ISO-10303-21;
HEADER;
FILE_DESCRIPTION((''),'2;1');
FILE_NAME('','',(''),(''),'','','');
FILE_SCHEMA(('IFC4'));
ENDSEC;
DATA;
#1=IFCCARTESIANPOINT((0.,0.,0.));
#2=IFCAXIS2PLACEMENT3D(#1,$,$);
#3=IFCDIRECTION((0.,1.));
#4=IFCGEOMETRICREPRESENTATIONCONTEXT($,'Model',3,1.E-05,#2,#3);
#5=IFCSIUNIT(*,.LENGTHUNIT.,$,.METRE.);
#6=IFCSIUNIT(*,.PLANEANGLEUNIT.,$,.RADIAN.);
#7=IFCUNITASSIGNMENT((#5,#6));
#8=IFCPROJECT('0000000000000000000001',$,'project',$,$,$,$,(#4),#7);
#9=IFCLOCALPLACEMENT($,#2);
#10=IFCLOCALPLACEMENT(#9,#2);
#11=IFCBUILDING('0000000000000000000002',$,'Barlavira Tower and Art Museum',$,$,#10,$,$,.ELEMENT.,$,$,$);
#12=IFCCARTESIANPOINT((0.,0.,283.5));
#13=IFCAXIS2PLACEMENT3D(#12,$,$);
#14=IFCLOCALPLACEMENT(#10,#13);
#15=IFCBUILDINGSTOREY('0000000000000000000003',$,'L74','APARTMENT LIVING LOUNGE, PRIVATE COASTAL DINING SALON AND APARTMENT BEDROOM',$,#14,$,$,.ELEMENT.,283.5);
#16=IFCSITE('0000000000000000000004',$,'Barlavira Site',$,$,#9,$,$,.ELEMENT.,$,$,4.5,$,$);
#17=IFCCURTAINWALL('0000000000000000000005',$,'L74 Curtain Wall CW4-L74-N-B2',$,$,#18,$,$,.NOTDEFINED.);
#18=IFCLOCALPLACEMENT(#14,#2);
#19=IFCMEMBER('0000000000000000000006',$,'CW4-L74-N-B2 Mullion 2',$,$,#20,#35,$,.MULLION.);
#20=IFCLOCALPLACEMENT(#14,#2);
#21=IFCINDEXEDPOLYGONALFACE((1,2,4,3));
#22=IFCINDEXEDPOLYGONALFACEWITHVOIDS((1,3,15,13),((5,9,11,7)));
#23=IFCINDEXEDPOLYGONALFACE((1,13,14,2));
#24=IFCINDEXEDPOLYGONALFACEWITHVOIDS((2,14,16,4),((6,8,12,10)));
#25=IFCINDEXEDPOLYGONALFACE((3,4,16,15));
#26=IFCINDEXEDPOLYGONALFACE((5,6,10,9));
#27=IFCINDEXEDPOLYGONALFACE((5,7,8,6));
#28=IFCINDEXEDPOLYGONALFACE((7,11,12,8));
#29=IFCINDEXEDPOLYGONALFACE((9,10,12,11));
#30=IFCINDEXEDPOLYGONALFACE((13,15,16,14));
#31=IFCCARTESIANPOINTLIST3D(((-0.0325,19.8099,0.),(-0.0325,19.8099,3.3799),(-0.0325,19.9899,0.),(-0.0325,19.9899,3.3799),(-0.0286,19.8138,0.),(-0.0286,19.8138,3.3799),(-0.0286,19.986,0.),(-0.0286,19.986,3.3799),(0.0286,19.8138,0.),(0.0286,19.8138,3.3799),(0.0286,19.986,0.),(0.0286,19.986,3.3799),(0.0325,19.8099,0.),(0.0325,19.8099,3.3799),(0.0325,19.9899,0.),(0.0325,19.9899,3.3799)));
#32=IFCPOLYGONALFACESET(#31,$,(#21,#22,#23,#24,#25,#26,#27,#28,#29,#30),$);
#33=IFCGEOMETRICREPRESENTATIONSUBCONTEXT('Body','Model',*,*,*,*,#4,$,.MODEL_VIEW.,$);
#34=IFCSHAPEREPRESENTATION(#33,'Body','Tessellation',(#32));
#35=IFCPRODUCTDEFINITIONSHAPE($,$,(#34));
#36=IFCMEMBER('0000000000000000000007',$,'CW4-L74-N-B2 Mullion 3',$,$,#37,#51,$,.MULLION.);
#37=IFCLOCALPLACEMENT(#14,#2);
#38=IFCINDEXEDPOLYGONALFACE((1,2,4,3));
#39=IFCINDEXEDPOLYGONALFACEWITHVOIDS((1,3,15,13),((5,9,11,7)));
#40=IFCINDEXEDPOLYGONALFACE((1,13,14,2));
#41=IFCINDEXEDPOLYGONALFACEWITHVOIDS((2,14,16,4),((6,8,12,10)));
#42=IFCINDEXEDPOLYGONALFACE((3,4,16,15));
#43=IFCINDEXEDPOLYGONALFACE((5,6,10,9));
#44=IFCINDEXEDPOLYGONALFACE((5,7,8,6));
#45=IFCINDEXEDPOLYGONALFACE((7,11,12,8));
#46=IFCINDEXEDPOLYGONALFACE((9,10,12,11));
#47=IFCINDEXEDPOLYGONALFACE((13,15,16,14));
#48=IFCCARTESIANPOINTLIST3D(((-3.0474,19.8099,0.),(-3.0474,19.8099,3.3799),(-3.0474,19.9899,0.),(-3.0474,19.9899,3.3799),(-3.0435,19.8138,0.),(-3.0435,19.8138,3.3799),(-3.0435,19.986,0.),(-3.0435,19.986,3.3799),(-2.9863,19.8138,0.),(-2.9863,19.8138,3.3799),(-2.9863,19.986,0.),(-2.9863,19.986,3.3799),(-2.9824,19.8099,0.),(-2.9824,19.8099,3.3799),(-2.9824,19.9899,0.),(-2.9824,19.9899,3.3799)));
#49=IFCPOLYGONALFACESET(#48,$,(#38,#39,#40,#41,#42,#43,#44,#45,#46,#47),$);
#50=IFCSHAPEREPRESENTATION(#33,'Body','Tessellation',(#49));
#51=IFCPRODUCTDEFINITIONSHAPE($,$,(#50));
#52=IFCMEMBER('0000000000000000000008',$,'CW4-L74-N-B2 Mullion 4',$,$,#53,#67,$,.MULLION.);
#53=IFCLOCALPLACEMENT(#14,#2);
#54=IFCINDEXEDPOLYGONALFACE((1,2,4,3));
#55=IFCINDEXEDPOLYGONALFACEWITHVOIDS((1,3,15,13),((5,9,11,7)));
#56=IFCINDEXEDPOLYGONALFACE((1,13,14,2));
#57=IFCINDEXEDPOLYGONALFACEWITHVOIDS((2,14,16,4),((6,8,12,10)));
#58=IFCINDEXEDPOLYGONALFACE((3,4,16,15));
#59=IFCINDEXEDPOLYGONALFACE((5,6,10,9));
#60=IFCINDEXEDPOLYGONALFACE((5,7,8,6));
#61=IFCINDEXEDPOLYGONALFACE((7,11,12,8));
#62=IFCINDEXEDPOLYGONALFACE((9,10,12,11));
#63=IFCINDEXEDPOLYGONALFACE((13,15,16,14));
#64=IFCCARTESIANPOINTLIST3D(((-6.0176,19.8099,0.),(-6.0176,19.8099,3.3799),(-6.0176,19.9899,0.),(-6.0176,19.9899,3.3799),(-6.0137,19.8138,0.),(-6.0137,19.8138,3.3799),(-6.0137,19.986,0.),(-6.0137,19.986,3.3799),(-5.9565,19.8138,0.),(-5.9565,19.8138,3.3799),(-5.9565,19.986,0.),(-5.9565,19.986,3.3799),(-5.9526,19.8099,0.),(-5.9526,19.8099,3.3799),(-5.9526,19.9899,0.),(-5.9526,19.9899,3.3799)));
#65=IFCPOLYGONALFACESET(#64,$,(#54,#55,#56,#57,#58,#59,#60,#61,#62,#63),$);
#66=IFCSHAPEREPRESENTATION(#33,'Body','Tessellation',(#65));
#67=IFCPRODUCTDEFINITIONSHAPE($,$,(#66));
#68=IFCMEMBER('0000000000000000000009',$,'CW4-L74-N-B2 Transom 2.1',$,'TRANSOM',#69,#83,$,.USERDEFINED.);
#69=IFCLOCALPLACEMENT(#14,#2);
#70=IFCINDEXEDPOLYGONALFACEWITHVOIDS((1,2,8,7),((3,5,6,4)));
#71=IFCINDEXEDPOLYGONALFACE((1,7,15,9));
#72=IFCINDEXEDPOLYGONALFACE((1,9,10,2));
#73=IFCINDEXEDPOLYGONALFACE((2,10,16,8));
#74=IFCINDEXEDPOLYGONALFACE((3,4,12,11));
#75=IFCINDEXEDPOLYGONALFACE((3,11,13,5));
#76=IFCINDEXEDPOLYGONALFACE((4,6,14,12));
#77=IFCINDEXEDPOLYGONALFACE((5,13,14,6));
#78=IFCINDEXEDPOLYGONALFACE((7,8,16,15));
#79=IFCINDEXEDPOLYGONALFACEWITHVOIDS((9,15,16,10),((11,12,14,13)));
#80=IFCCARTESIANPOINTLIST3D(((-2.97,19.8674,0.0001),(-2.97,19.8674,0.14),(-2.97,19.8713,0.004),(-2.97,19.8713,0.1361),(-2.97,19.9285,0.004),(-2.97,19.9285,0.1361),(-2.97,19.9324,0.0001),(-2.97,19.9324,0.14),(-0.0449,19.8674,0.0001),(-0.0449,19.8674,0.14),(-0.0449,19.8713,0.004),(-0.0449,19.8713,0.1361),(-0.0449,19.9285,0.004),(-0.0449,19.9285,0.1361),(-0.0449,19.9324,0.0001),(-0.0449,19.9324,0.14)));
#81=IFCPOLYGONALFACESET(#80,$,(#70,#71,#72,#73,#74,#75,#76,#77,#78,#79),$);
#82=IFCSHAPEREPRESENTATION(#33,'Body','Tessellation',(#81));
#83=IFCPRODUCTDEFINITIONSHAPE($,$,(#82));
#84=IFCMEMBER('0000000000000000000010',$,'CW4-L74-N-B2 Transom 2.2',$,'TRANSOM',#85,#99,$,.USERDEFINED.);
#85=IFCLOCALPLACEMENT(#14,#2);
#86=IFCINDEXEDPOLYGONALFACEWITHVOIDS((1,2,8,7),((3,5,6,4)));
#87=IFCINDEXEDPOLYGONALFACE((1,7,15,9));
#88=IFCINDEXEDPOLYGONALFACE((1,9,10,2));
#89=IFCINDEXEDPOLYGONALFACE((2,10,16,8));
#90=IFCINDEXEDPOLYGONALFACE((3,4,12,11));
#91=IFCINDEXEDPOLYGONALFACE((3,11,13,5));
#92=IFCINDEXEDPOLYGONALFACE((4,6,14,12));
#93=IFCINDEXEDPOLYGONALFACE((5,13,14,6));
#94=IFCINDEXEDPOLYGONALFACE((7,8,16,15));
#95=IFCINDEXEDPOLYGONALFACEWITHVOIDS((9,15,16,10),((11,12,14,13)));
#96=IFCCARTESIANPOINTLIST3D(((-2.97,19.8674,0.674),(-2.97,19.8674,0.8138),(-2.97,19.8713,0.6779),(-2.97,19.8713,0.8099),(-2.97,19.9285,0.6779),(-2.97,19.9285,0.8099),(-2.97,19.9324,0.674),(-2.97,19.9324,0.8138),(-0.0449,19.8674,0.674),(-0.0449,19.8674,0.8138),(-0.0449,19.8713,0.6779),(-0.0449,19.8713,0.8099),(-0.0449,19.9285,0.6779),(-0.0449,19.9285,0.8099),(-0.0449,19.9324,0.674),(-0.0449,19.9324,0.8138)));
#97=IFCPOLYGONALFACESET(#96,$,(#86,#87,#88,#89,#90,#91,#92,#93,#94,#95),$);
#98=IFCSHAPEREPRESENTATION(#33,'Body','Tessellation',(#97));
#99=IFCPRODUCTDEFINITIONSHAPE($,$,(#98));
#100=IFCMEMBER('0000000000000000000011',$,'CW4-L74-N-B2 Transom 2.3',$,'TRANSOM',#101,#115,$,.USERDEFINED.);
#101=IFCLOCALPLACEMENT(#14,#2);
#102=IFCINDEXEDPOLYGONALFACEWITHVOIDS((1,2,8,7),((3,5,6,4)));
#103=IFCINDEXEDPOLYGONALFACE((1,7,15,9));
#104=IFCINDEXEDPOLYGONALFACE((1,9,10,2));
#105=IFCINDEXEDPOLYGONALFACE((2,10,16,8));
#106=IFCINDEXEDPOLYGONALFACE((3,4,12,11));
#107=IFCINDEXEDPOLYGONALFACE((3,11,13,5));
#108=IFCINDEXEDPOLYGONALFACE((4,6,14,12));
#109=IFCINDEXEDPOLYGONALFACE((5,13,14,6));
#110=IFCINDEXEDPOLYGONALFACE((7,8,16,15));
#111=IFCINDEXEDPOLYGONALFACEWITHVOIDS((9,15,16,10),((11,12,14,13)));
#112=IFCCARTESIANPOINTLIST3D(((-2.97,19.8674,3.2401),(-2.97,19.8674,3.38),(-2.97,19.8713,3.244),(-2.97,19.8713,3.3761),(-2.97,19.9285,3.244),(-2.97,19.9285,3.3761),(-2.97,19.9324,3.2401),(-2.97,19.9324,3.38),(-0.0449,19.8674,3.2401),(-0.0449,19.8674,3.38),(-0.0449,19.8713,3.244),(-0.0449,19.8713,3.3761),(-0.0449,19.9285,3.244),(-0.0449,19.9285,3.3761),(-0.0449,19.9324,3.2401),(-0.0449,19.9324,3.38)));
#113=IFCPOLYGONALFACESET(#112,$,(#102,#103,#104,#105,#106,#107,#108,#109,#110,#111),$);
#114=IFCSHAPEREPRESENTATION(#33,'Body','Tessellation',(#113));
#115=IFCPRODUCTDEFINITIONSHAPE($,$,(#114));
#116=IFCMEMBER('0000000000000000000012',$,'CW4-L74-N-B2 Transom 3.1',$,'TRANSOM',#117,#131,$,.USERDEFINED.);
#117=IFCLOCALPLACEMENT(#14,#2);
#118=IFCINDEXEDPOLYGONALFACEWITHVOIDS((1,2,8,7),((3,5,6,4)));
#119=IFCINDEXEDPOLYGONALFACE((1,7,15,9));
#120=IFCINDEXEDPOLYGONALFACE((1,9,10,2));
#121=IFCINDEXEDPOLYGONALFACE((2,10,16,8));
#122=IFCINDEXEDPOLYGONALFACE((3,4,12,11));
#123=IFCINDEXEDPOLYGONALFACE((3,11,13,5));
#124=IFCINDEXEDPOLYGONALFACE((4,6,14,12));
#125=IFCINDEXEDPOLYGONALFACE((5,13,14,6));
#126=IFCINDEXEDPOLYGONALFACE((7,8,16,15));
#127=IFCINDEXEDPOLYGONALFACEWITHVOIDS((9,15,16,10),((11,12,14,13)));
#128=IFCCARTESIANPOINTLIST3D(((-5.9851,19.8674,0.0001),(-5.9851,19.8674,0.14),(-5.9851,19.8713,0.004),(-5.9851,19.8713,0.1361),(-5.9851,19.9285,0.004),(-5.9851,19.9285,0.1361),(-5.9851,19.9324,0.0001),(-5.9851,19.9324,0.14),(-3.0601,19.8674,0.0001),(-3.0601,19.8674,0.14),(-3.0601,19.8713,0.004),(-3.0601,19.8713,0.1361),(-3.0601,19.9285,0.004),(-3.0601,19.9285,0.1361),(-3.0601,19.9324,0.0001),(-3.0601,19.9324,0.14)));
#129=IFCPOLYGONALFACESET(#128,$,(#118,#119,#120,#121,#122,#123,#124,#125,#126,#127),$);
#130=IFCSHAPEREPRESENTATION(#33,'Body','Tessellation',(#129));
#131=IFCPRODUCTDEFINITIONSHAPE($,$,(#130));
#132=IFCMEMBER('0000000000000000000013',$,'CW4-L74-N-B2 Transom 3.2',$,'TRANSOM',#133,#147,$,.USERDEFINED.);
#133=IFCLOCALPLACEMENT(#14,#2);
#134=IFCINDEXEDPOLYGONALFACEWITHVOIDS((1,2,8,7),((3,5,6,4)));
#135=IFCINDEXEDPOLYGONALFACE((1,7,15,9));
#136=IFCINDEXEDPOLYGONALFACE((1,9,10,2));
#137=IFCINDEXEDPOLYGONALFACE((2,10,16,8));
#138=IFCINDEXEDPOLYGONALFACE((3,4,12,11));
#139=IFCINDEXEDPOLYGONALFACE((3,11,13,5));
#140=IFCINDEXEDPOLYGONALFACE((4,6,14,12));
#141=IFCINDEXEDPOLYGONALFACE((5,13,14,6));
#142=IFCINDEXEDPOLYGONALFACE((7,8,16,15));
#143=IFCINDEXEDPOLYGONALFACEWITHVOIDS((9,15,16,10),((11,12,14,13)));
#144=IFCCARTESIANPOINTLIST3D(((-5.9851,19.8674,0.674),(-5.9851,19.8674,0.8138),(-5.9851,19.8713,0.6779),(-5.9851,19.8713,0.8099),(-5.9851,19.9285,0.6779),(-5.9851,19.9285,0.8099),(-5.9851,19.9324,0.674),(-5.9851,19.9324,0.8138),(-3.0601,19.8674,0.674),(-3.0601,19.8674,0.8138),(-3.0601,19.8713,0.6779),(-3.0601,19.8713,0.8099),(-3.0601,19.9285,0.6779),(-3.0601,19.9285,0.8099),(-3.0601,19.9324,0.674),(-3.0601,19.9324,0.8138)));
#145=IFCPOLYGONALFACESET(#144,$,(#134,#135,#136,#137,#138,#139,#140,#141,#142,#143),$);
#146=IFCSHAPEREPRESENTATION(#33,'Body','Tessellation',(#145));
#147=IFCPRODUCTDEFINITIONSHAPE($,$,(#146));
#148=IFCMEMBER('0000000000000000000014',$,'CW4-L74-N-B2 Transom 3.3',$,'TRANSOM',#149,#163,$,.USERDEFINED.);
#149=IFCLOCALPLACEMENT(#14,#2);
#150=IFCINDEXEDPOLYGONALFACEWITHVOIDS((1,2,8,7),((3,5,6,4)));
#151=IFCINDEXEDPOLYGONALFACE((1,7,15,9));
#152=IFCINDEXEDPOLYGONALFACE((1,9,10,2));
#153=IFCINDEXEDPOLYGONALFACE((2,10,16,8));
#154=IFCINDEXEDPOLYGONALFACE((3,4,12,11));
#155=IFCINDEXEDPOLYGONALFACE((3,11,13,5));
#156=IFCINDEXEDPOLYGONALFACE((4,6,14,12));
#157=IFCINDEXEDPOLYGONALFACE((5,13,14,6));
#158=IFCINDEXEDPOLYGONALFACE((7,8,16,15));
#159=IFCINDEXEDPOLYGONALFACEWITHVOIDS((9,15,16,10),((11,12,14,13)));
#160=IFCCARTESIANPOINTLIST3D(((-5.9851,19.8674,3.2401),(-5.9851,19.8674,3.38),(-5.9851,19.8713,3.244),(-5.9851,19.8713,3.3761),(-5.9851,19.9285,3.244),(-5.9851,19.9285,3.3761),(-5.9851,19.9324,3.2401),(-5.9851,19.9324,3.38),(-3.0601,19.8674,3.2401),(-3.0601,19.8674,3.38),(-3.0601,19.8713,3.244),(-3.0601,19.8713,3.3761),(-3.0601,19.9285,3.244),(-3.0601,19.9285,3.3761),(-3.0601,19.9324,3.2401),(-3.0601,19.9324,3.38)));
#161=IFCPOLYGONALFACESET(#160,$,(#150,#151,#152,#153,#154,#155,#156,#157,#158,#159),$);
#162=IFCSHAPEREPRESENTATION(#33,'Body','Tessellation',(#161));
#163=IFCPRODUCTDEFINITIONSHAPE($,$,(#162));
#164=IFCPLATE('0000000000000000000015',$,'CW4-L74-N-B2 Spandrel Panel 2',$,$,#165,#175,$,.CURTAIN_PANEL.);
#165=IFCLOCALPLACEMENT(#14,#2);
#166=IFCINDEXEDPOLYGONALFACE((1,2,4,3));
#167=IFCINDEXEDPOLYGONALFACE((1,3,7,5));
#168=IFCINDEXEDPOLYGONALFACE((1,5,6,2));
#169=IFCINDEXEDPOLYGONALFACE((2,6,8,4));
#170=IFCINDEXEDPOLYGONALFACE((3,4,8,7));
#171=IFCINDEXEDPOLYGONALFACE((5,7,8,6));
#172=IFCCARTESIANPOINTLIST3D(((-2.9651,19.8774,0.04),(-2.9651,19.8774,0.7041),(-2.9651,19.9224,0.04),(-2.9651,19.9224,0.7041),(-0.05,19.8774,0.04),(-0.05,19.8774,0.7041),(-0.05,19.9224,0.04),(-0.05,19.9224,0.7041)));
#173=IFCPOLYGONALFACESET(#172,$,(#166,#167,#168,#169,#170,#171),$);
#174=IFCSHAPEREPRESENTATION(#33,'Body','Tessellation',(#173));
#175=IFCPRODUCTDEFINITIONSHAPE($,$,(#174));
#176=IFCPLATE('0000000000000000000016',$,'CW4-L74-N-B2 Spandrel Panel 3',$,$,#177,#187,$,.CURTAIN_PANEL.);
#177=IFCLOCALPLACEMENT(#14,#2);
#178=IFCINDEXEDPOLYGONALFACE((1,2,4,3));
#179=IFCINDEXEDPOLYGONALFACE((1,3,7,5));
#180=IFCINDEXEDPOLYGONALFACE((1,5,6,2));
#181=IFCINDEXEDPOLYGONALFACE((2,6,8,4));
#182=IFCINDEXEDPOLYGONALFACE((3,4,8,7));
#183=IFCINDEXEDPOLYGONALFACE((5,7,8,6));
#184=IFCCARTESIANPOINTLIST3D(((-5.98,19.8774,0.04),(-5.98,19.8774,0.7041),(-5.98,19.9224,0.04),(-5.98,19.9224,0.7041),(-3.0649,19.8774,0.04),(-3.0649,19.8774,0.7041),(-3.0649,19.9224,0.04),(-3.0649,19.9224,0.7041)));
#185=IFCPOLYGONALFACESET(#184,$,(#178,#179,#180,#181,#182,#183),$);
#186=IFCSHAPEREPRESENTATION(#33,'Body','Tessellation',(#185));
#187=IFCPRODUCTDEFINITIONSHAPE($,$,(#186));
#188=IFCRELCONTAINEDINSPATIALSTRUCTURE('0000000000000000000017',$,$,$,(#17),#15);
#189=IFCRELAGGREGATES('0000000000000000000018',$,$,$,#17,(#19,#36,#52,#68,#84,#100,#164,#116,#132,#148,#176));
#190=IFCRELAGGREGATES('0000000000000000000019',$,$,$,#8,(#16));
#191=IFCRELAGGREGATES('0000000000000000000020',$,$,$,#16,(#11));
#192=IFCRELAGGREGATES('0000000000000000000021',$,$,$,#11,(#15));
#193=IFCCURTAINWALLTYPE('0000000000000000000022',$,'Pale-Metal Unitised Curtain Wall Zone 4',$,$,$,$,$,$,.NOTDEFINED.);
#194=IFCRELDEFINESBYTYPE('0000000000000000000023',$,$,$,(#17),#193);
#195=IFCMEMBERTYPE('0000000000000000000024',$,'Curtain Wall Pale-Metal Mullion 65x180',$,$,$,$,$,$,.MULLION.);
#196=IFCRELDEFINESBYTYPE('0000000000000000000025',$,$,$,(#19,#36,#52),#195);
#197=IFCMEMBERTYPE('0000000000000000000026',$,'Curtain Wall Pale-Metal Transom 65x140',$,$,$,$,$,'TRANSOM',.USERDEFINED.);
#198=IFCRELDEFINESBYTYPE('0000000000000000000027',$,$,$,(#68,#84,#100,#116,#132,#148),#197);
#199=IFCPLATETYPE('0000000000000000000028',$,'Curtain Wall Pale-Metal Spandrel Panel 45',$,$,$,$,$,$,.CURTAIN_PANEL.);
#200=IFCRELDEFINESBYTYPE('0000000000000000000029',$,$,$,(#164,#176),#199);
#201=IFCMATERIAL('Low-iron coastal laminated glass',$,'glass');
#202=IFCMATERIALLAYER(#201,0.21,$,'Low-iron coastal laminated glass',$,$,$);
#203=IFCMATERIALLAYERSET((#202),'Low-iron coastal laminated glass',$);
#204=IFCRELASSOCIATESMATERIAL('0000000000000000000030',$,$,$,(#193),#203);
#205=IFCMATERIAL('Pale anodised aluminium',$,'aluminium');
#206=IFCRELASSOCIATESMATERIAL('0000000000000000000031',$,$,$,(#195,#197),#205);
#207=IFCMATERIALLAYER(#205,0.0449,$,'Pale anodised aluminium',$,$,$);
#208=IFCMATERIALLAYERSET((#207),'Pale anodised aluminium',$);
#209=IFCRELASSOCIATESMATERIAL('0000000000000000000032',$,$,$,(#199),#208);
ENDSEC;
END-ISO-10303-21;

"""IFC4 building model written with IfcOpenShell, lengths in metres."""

from ifc_helpers import new_model, si_unit, direction, frame, origin, origin_2d, place, context, subcontext, project, spatial, rectangle, hollow_rectangle, extrude, material, layer, layer_set, material_profile, profile_set, type_object, element, aggregate, save


model = new_model("IFC4")

# Units and contexts
model_context = context("Model", 3, precision=1e-05, world=origin(), true_north=direction((0.0, 1.0)))
body_context = subcontext(model_context, "Body", "Model", "MODEL_VIEW")
ifc_project = project(units=[si_unit("LENGTHUNIT", "METRE"), si_unit("PLANEANGLEUNIT", "RADIAN")], contexts=[model_context])

# Site, building, storey
site_placement = place(None, origin())
site = spatial("IfcSite", under=ifc_project, at=site_placement, Name="Barlavira Site", CompositionType="ELEMENT", RefElevation=4.5)
building_placement = place(site_placement, origin())
building = spatial("IfcBuilding", under=site, at=building_placement, Name="Barlavira Tower and Art Museum", CompositionType="ELEMENT")
storey_placement = place(building_placement, frame((0.0, 0.0, 283.5)))
storey = spatial("IfcBuildingStorey", under=building, at=storey_placement, Name="L74", Description="APARTMENT LIVING LOUNGE, PRIVATE COASTAL DINING SALON AND APARTMENT BEDROOM", CompositionType="ELEMENT", Elevation=283.5)

# Curtain wall, members, plates
ifc_material_1 = material(Name="Low-iron coastal laminated glass", Category="glass")
ifc_layer_1 = layer(ifc_material_1, 0.21, Name="Low-iron coastal laminated glass")
ifc_layer_set_1 = layer_set([ifc_layer_1], Name="Low-iron coastal laminated glass")
curtain_wall_type = type_object("IfcCurtainWallType", Name="Pale-Metal Unitised Curtain Wall Zone 4", PredefinedType="NOTDEFINED", material=ifc_layer_set_1)
curtain_wall_placement = place(storey_placement, origin())
curtain_wall = element("IfcCurtainWall", 1, at=curtain_wall_placement, inside=storey, type_object=curtain_wall_type, Name="L74 Curtain Wall CW4-L74-N-B2", PredefinedType="NOTDEFINED")
ifc_material_2 = material(Name="Pale anodised aluminium", Category="aluminium")
ifc_material_profile_1 = material_profile(ifc_material_2, hollow_rectangle(XDim=0.0649, YDim=0.1799, WallThickness=0.0039, at=origin_2d()), Name="ALU-MULL 65x180x4")
ifc_profile_set_1 = profile_set([ifc_material_profile_1], Name="Pale anodised aluminium")
member_type_1 = type_object("IfcMemberType", Name="Curtain Wall Pale-Metal Mullion 65x180", PredefinedType="MULLION", material=ifc_profile_set_1)
member_1_placement = place(storey_placement, frame((0.0, 19.8999, 0.0), z_axis=(0.0, 0.0, 1.0), x_axis=(-1.0, 0.0, 0.0)))
member_1 = element("IfcMember", 2, at=member_1_placement, type_object=member_type_1, Name="CW4-L74-N-B2 Mullion 2", PredefinedType="MULLION", context=body_context, shape_type="SweptSolid", body=[
    extrude(hollow_rectangle(XDim=0.0649, YDim=0.1799, WallThickness=0.0039, at=origin_2d()), origin(), (0.0, 0.0, 1.0), 3.3799),
])
member_2_placement = place(storey_placement, frame((-3.0149, 19.8999, 0.0), z_axis=(0.0, 0.0, 1.0), x_axis=(-1.0, 0.0, 0.0)))
member_2 = element("IfcMember", 3, at=member_2_placement, type_object=member_type_1, Name="CW4-L74-N-B2 Mullion 3", PredefinedType="MULLION", context=body_context, shape_type="SweptSolid", body=[
    extrude(hollow_rectangle(XDim=0.0649, YDim=0.1799, WallThickness=0.0039, at=origin_2d()), origin(), (0.0, 0.0, 1.0), 3.3799),
])
member_3_placement = place(storey_placement, frame((-5.9851, 19.8999, 0.0), z_axis=(0.0, 0.0, 1.0), x_axis=(-1.0, 0.0, 0.0)))
member_3 = element("IfcMember", 4, at=member_3_placement, type_object=member_type_1, Name="CW4-L74-N-B2 Mullion 4", PredefinedType="MULLION", context=body_context, shape_type="SweptSolid", body=[
    extrude(hollow_rectangle(XDim=0.0649, YDim=0.1799, WallThickness=0.0039, at=origin_2d()), origin(), (0.0, 0.0, 1.0), 3.3799),
])
ifc_material_profile_2 = material_profile(ifc_material_2, hollow_rectangle(XDim=0.0649, YDim=0.1399, WallThickness=0.0039, at=origin_2d()), Name="ALU-TRAN 65x140x4")
ifc_profile_set_2 = profile_set([ifc_material_profile_2], Name="Pale anodised aluminium")
member_type_2 = type_object("IfcMemberType", Name="Curtain Wall Pale-Metal Transom 65x140", ElementType="TRANSOM", PredefinedType="USERDEFINED", material=ifc_profile_set_2)
member_4_placement = place(storey_placement, frame((-0.0449, 19.8999, 0.0701), z_axis=(-1.0, 0.0, 0.0), x_axis=(0.0, -1.0, 0.0)))
member_4 = element("IfcMember", 5, at=member_4_placement, type_object=member_type_2, Name="CW4-L74-N-B2 Transom 2.1", ObjectType="TRANSOM", PredefinedType="USERDEFINED", context=body_context, shape_type="SweptSolid", body=[
    extrude(hollow_rectangle(XDim=0.0649, YDim=0.1399, WallThickness=0.0039, at=origin_2d()), origin(), (0.0, 0.0, 1.0), 2.925),
])
member_5_placement = place(storey_placement, frame((-0.0449, 19.8999, 0.7439), z_axis=(-1.0, 0.0, 0.0), x_axis=(0.0, -1.0, 0.0)))
member_5 = element("IfcMember", 6, at=member_5_placement, type_object=member_type_2, Name="CW4-L74-N-B2 Transom 2.2", ObjectType="TRANSOM", PredefinedType="USERDEFINED", context=body_context, shape_type="SweptSolid", body=[
    extrude(hollow_rectangle(XDim=0.0649, YDim=0.1399, WallThickness=0.0039, at=origin_2d()), origin(), (0.0, 0.0, 1.0), 2.925),
])
member_6_placement = place(storey_placement, frame((-0.0449, 19.8999, 3.3101), z_axis=(-1.0, 0.0, 0.0), x_axis=(0.0, -1.0, 0.0)))
member_6 = element("IfcMember", 7, at=member_6_placement, type_object=member_type_2, Name="CW4-L74-N-B2 Transom 2.3", ObjectType="TRANSOM", PredefinedType="USERDEFINED", context=body_context, shape_type="SweptSolid", body=[
    extrude(hollow_rectangle(XDim=0.0649, YDim=0.1399, WallThickness=0.0039, at=origin_2d()), origin(), (0.0, 0.0, 1.0), 2.925),
])
member_7_placement = place(storey_placement, frame((-3.0601, 19.8999, 0.0701), z_axis=(-1.0, 0.0, 0.0), x_axis=(0.0, -1.0, 0.0)))
member_7 = element("IfcMember", 8, at=member_7_placement, type_object=member_type_2, Name="CW4-L74-N-B2 Transom 3.1", ObjectType="TRANSOM", PredefinedType="USERDEFINED", context=body_context, shape_type="SweptSolid", body=[
    extrude(hollow_rectangle(XDim=0.0649, YDim=0.1399, WallThickness=0.0039, at=origin_2d()), origin(), (0.0, 0.0, 1.0), 2.925),
])
member_8_placement = place(storey_placement, frame((-3.0601, 19.8999, 0.7439), z_axis=(-1.0, 0.0, 0.0), x_axis=(0.0, -1.0, 0.0)))
member_8 = element("IfcMember", 9, at=member_8_placement, type_object=member_type_2, Name="CW4-L74-N-B2 Transom 3.2", ObjectType="TRANSOM", PredefinedType="USERDEFINED", context=body_context, shape_type="SweptSolid", body=[
    extrude(hollow_rectangle(XDim=0.0649, YDim=0.1399, WallThickness=0.0039, at=origin_2d()), origin(), (0.0, 0.0, 1.0), 2.925),
])
member_9_placement = place(storey_placement, frame((-3.0601, 19.8999, 3.3101), z_axis=(-1.0, 0.0, 0.0), x_axis=(0.0, -1.0, 0.0)))
member_9 = element("IfcMember", 10, at=member_9_placement, type_object=member_type_2, Name="CW4-L74-N-B2 Transom 3.3", ObjectType="TRANSOM", PredefinedType="USERDEFINED", context=body_context, shape_type="SweptSolid", body=[
    extrude(hollow_rectangle(XDim=0.0649, YDim=0.1399, WallThickness=0.0039, at=origin_2d()), origin(), (0.0, 0.0, 1.0), 2.925),
])
ifc_layer_2 = layer(ifc_material_2, 0.0449, Name="Pale anodised aluminium")
ifc_layer_set_2 = layer_set([ifc_layer_2], Name="Pale anodised aluminium")
plate_type_1 = type_object("IfcPlateType", Name="Curtain Wall Pale-Metal Spandrel Panel 45", PredefinedType="CURTAIN_PANEL", material=ifc_layer_set_2)
plate_1_placement = place(storey_placement, frame((-1.5076, 19.8999, 0.04), z_axis=(0.0, 0.0, 1.0), x_axis=(-1.0, 0.0, 0.0)))
plate_1 = element("IfcPlate", 11, at=plate_1_placement, type_object=plate_type_1, Name="CW4-L74-N-B2 Spandrel Panel 2", PredefinedType="CURTAIN_PANEL", context=body_context, shape_type="SweptSolid", body=[
    extrude(rectangle(XDim=2.915, YDim=0.0449, at=origin_2d()), origin(), (0.0, 0.0, 1.0), 0.6641),
])
plate_2_placement = place(storey_placement, frame((-4.5225, 19.8999, 0.04), z_axis=(0.0, 0.0, 1.0), x_axis=(-1.0, 0.0, 0.0)))
plate_2 = element("IfcPlate", 12, at=plate_2_placement, type_object=plate_type_1, Name="CW4-L74-N-B2 Spandrel Panel 3", PredefinedType="CURTAIN_PANEL", context=body_context, shape_type="SweptSolid", body=[
    extrude(rectangle(XDim=2.915, YDim=0.0449, at=origin_2d()), origin(), (0.0, 0.0, 1.0), 0.6641),
])
aggregate(curtain_wall, [member_1, member_2, member_3, member_4, member_5, member_6, plate_1, member_7, member_8, member_9, plate_2])

save(model, "model.ifc")
